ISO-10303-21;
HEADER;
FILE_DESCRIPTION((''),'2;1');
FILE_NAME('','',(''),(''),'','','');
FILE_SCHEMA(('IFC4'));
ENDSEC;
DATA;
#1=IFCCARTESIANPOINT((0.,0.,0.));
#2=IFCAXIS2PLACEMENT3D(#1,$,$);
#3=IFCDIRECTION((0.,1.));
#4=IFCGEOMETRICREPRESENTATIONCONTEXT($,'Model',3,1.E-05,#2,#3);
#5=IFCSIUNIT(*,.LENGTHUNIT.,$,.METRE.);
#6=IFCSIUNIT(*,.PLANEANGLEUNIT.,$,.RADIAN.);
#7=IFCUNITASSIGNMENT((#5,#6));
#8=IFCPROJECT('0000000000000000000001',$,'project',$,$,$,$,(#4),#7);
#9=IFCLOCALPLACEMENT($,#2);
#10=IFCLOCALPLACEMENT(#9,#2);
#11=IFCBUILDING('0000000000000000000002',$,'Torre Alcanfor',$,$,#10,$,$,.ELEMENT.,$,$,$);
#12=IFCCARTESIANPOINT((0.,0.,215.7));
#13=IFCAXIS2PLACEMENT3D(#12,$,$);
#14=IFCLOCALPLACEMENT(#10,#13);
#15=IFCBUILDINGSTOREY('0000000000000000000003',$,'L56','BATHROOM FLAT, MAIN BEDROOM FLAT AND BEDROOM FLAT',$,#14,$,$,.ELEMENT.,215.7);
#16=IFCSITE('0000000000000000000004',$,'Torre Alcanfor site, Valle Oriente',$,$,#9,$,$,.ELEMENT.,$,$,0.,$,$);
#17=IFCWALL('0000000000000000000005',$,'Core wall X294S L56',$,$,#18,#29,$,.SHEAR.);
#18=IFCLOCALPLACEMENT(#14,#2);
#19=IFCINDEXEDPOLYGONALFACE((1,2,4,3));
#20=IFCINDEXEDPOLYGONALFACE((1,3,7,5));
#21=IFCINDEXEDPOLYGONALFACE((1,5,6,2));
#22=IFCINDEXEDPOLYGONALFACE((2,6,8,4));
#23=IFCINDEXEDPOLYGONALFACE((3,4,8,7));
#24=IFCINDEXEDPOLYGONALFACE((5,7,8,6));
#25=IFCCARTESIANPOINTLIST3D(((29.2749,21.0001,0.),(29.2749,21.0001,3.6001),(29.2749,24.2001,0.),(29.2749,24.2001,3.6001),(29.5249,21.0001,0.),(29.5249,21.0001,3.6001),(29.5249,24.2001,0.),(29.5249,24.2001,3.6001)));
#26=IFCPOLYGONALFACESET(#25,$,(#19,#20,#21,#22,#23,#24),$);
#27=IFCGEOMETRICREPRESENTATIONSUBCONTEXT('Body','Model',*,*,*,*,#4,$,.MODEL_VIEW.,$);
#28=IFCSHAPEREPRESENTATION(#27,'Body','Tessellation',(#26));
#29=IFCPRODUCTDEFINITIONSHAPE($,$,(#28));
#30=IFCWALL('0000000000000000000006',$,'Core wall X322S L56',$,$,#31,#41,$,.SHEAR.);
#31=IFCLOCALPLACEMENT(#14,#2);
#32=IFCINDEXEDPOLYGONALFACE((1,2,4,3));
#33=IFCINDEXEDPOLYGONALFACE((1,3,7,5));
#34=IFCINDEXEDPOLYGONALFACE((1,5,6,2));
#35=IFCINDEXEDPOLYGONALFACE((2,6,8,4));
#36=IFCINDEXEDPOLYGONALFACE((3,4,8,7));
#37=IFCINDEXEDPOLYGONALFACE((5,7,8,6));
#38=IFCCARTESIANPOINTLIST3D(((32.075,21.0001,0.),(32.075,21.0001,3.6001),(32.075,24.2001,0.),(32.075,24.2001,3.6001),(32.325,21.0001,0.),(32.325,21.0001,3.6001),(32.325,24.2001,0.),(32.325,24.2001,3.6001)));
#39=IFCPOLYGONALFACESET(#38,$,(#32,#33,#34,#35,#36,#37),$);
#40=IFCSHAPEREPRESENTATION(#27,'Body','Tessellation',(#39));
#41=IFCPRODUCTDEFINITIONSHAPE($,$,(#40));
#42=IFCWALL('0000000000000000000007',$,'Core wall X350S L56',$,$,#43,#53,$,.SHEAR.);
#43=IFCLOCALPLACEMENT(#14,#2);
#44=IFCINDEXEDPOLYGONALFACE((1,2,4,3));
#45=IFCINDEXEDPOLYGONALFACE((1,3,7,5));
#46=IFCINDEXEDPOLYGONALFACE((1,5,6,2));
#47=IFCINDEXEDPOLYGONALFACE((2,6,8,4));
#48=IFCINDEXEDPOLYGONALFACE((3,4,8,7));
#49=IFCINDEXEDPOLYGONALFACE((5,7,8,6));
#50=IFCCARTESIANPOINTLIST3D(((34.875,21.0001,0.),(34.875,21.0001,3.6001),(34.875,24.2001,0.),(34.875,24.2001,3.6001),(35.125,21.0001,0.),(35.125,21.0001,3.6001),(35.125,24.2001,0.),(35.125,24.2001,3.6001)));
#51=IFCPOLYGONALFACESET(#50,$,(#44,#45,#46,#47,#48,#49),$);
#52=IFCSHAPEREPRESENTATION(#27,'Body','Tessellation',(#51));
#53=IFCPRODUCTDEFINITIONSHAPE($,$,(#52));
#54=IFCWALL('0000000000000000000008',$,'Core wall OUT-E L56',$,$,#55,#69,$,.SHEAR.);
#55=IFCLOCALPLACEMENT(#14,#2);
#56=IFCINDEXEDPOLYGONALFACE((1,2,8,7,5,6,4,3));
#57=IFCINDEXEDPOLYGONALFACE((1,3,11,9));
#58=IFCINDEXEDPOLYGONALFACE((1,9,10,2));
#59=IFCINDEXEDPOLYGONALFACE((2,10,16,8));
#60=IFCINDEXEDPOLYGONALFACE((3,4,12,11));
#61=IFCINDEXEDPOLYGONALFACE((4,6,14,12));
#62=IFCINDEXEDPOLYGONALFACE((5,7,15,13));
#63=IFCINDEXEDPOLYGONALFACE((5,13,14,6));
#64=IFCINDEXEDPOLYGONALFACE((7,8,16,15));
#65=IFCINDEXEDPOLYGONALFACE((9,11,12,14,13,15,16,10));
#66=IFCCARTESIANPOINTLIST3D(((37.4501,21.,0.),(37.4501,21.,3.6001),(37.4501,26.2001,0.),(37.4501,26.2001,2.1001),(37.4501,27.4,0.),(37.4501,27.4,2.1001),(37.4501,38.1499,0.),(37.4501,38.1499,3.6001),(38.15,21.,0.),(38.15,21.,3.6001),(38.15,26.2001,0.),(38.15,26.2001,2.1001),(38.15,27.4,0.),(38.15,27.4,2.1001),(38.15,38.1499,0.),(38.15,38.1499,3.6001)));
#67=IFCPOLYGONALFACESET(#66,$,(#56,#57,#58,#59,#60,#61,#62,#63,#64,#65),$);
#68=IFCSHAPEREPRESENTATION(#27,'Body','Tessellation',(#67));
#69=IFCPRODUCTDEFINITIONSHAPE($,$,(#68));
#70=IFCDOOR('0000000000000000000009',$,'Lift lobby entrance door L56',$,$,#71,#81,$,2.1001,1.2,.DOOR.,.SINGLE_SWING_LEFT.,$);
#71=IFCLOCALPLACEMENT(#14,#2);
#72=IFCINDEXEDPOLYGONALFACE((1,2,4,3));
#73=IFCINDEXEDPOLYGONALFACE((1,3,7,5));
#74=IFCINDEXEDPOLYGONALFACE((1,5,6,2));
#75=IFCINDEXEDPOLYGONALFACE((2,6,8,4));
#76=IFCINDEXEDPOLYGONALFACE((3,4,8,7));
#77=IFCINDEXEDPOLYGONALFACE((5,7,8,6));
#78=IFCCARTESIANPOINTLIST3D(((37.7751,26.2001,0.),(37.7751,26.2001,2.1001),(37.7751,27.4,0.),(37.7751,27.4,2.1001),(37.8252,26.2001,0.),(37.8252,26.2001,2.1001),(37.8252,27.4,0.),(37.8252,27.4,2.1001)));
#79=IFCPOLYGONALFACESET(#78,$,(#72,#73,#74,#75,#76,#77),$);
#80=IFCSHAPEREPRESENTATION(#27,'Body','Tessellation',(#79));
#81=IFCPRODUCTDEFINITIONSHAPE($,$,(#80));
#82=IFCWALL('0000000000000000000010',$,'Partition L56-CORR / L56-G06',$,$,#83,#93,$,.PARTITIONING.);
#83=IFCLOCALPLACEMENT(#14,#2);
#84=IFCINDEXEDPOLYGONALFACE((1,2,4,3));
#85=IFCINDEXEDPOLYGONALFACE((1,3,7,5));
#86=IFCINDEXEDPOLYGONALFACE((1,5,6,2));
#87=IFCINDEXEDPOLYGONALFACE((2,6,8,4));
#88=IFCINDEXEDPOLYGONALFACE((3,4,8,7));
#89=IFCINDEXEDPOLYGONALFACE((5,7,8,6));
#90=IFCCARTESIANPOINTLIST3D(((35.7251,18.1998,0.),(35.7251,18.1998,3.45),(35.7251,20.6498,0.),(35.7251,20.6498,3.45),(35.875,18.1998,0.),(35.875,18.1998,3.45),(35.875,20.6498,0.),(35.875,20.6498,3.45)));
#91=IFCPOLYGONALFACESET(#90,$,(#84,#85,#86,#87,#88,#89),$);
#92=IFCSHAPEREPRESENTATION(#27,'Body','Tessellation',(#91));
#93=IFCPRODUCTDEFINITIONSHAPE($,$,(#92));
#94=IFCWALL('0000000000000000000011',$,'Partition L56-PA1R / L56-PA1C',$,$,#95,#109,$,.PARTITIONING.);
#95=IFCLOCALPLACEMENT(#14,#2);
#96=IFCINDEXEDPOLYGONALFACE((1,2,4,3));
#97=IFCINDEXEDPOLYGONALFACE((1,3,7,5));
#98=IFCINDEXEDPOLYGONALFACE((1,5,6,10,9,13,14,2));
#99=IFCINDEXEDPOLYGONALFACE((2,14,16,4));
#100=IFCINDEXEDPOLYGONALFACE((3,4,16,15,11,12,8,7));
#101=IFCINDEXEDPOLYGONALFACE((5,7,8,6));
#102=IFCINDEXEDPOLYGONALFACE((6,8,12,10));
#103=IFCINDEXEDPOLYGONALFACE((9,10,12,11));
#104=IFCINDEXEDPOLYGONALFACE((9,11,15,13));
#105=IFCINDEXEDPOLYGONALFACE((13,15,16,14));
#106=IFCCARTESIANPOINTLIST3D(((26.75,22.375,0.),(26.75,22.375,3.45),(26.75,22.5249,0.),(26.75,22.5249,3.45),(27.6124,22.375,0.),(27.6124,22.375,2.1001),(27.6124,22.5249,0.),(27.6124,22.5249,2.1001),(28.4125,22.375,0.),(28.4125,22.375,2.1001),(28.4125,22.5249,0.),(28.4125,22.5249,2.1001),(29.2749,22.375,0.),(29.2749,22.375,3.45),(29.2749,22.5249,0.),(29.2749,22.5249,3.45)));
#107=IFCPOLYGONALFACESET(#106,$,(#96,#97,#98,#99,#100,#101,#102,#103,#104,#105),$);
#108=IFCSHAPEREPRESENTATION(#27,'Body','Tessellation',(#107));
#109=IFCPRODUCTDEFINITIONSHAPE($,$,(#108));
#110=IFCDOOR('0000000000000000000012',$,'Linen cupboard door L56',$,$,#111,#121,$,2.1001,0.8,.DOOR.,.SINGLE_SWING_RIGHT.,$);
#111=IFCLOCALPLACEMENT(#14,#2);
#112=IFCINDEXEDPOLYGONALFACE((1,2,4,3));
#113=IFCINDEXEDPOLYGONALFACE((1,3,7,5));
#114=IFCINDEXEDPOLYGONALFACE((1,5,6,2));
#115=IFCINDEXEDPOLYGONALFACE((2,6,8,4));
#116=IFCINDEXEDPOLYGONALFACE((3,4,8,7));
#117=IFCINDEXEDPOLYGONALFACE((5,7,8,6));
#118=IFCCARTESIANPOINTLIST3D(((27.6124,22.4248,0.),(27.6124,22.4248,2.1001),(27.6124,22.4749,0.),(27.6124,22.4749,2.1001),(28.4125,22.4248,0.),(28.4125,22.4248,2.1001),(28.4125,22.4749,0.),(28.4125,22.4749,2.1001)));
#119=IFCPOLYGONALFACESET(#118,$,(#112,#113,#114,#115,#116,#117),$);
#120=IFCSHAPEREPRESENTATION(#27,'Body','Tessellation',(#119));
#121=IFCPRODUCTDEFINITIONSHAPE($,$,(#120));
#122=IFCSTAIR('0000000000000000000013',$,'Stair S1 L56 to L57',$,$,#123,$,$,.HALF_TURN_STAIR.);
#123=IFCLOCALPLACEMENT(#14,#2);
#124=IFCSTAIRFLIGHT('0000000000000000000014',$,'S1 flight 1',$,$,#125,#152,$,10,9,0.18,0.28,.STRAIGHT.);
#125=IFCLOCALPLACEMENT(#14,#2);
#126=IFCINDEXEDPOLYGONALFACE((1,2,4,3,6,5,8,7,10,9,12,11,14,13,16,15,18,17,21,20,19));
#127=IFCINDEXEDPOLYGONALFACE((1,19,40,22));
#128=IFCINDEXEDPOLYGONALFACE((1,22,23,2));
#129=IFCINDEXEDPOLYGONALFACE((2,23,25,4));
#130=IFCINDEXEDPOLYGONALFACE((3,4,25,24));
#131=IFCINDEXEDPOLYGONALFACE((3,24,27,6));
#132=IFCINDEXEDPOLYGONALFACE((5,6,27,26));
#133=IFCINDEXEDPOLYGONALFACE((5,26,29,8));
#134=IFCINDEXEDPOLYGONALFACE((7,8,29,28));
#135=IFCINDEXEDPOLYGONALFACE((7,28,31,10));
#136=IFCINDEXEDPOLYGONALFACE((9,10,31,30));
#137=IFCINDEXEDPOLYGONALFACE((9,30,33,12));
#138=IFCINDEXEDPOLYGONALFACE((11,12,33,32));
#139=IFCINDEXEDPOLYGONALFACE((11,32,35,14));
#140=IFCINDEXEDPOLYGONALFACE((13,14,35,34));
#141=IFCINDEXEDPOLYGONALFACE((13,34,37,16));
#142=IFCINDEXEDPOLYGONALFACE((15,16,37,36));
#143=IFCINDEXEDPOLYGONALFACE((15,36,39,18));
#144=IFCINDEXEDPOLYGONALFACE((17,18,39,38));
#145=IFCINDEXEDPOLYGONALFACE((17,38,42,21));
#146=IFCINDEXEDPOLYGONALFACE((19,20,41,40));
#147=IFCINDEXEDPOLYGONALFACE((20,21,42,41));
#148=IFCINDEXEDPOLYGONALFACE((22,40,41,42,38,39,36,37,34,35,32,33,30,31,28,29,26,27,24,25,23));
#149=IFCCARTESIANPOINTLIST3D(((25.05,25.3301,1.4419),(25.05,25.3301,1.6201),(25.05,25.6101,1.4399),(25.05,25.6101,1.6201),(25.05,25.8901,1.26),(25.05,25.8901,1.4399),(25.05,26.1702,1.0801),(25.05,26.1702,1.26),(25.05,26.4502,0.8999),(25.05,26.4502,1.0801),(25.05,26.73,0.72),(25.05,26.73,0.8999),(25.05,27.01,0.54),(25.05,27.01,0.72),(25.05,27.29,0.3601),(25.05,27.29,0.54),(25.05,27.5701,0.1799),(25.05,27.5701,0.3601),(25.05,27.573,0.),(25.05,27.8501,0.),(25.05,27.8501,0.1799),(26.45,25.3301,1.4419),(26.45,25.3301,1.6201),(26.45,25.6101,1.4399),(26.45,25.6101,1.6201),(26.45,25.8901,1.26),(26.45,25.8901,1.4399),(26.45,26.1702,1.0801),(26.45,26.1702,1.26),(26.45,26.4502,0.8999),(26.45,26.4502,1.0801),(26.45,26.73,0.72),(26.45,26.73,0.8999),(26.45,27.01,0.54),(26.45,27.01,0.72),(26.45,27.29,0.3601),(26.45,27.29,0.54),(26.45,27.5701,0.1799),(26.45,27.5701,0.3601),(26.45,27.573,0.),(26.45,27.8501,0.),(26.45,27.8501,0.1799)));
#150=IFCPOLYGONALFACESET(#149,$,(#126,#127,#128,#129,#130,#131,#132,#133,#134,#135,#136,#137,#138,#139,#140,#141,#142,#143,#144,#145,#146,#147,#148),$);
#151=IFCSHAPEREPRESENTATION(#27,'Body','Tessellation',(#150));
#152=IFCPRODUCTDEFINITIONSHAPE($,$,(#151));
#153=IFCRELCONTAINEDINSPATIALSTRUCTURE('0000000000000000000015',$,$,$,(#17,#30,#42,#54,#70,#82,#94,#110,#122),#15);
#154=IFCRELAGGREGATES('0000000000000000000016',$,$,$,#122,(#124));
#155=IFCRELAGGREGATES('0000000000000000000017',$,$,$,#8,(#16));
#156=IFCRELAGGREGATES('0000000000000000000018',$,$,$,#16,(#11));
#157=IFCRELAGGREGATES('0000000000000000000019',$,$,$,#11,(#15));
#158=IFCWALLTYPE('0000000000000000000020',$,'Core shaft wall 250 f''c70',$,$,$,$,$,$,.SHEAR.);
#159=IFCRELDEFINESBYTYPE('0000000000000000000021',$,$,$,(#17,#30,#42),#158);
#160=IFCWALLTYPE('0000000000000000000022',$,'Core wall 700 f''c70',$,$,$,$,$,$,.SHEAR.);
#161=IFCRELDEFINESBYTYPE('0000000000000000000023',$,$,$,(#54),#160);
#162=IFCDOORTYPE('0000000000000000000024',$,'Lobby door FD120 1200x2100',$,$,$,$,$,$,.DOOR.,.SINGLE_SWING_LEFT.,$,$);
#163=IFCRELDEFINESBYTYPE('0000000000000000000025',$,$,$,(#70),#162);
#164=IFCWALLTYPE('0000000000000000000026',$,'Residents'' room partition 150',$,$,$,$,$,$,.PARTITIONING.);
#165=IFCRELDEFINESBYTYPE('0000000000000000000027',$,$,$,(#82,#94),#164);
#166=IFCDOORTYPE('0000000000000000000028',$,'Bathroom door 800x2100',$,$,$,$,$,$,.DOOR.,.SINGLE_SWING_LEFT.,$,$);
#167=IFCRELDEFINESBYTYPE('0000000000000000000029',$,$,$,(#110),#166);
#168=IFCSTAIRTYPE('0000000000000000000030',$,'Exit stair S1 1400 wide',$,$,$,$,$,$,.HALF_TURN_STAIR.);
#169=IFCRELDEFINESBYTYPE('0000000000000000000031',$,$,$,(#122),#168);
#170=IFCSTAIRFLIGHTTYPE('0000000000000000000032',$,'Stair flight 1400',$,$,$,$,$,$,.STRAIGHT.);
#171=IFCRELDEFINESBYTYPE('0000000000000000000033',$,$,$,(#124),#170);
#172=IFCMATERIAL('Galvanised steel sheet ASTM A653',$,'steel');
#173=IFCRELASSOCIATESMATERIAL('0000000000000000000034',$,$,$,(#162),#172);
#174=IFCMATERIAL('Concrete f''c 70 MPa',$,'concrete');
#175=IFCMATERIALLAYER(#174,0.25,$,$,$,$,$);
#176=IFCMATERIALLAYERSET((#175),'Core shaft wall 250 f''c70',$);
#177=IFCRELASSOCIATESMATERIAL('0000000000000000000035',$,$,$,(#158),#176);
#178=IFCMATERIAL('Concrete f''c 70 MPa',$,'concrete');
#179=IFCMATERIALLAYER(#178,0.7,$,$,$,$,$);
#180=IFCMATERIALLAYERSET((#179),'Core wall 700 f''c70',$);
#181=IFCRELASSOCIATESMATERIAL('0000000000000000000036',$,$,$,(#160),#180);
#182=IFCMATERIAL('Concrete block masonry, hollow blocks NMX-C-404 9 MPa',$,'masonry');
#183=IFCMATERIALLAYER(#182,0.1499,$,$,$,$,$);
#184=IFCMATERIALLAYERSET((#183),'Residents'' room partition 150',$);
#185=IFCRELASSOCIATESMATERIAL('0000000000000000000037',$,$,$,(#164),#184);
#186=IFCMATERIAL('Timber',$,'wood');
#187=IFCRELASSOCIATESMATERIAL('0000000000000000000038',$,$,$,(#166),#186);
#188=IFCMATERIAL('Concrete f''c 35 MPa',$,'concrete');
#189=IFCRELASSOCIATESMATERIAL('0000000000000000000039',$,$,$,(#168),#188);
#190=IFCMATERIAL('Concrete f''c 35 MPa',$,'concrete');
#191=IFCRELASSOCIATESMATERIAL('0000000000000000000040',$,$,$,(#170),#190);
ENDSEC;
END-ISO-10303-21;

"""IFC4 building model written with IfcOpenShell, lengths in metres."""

from ifc_helpers import new_model, si_unit, direction, frame, frame_2d, origin, place, context, subcontext, project, spatial, polyline, rectangle, outline, extrude, material, layer, layer_set, type_object, element, fill, aggregate, save


model = new_model("IFC4")

# Units and contexts
model_context = context("Model", 3, precision=1e-05, world=origin(), true_north=direction((0.0, 1.0)))
body_context = subcontext(model_context, "Body", "Model", "MODEL_VIEW")
ifc_project = project(units=[si_unit("LENGTHUNIT", "METRE"), si_unit("PLANEANGLEUNIT", "RADIAN")], contexts=[model_context])

# Site, building, storey
site_placement = place(None, origin())
site = spatial("IfcSite", under=ifc_project, at=site_placement, Name="Torre Alcanfor site, Valle Oriente", CompositionType="ELEMENT", RefElevation=0.0)
building_placement = place(site_placement, origin())
building = spatial("IfcBuilding", under=site, at=building_placement, Name="Torre Alcanfor", CompositionType="ELEMENT")
storey_placement = place(building_placement, frame((0.0, 0.0, 215.7)))
storey = spatial("IfcBuildingStorey", under=building, at=storey_placement, Name="L56", Description="BATHROOM FLAT, MAIN BEDROOM FLAT AND BEDROOM FLAT", CompositionType="ELEMENT", Elevation=215.7)

# Shared definitions
ifc_material_1 = material(Name="Galvanised steel sheet ASTM A653", Category="steel")
door_type_1 = type_object("IfcDoorType", Name="Lobby door FD120 1200x2100", OperationType="SINGLE_SWING_LEFT", PredefinedType="DOOR", material=ifc_material_1)

# Walls
ifc_material_2 = material(Name="Concrete f'c 70 MPa", Category="concrete")
ifc_layer_1 = layer(ifc_material_2, 0.25)
ifc_layer_set_1 = layer_set([ifc_layer_1], Name="Core shaft wall 250 f'c70")
wall_type_1 = type_object("IfcWallType", Name="Core shaft wall 250 f'c70", PredefinedType="SHEAR", material=ifc_layer_set_1)
for number, where, z_axis, x_axis, name in (
    (1, (29.3999, 21.0, 0.0), (0.0, 0.0, 1.0), (0.0, 1.0, 0.0), "Core wall X294S L56"),
    (2, (32.2, 21.0, 0.0), (0.0, 0.0, 1.0), (0.0, 1.0, 0.0), "Core wall X322S L56"),
    (3, (35.0, 21.0, 0.0), (0.0, 0.0, 1.0), (0.0, 1.0, 0.0), "Core wall X350S L56"),
):
    element("IfcWall", number, at=place(storey_placement, frame(where, z_axis=z_axis, x_axis=x_axis)), inside=storey, type_object=wall_type_1, Name=name, PredefinedType="SHEAR", context=body_context, shape_type="SweptSolid", body=[
        extrude(rectangle(XDim=3.2, YDim=0.25, at=frame_2d((1.6001, 0.0))), origin(), (0.0, 0.0, 1.0), 3.6001),
    ])

# Wall, opening, door
ifc_material_3 = material(Name="Concrete f'c 70 MPa", Category="concrete")
ifc_layer_2 = layer(ifc_material_3, 0.7)
ifc_layer_set_2 = layer_set([ifc_layer_2], Name="Core wall 700 f'c70")
wall_type_2 = type_object("IfcWallType", Name="Core wall 700 f'c70", PredefinedType="SHEAR", material=ifc_layer_set_2)
wall_1_placement = place(storey_placement, frame((37.8, 21.0, 0.0), z_axis=(0.0, 0.0, 1.0), x_axis=(0.0, 1.0, 0.0)))
wall_1 = element("IfcWall", 4, at=wall_1_placement, inside=storey, type_object=wall_type_2, Name="Core wall OUT-E L56", PredefinedType="SHEAR", context=body_context, shape_type="SweptSolid", body=[
    extrude(rectangle(XDim=17.1499, YDim=0.7, at=frame_2d((8.575, 0.0))), origin(), (0.0, 0.0, 1.0), 3.6001),
])
opening_1_placement = place(wall_1_placement, frame((5.2, 0.0, 0.0)))
opening_1 = element("IfcOpeningElement", 5, at=opening_1_placement, cuts=wall_1, PredefinedType="OPENING", context=body_context, shape_type="SweptSolid", body=[
    extrude(rectangle(XDim=1.2, YDim=2.1001, at=frame_2d((0.6001, 1.05))), frame((0.0, 0.3599, 0.0), z_axis=(0.0, -1.0, 0.0), x_axis=(1.0, 0.0, 0.0)), (0.0, 0.0, 1.0), 0.72),
])
door_1_placement = place(opening_1_placement, origin())
door_1 = element("IfcDoor", 6, at=door_1_placement, inside=storey, type_object=door_type_1, Name="Lift lobby entrance door L56", OperationType="SINGLE_SWING_LEFT", OverallHeight=2.1001, OverallWidth=1.2, PredefinedType="DOOR", context=body_context, shape_type="SweptSolid", body=[
    extrude(rectangle(XDim=1.2, YDim=2.1001, at=frame_2d((0.6001, 1.05))), frame((0.0, 0.0249, 0.0), z_axis=(0.0, -1.0, 0.0), x_axis=(1.0, 0.0, 0.0)), (0.0, 0.0, 1.0), 0.05),
])
fill(opening_1, door_1)

# Wall
ifc_material_4 = material(Name="Concrete block masonry, hollow blocks NMX-C-404 9 MPa", Category="masonry")
ifc_layer_3 = layer(ifc_material_4, 0.1499)
ifc_layer_set_3 = layer_set([ifc_layer_3], Name="Residents' room partition 150")
wall_type_3 = type_object("IfcWallType", Name="Residents' room partition 150", PredefinedType="PARTITIONING", material=ifc_layer_set_3)
wall_2_placement = place(storey_placement, frame((35.8, 20.6499, 0.0), z_axis=(0.0, 0.0, 1.0), x_axis=(0.0, -1.0, 0.0)))
element("IfcWall", 7, at=wall_2_placement, inside=storey, type_object=wall_type_3, Name="Partition L56-CORR / L56-G06", PredefinedType="PARTITIONING", context=body_context, shape_type="SweptSolid", body=[
    extrude(rectangle(XDim=2.45, YDim=0.1499, at=frame_2d((1.2251, 0.0))), origin(), (0.0, 0.0, 1.0), 3.45),
])

# Wall, opening, door
wall_3_placement = place(storey_placement, frame((26.75, 22.45, 0.0), z_axis=(0.0, 0.0, 1.0), x_axis=(1.0, 0.0, 0.0)))
wall_3 = element("IfcWall", 8, at=wall_3_placement, inside=storey, type_object=wall_type_3, Name="Partition L56-PA1R / L56-PA1C", PredefinedType="PARTITIONING", context=body_context, shape_type="SweptSolid", body=[
    extrude(rectangle(XDim=2.5249, YDim=0.1499, at=frame_2d((1.2625, 0.0))), origin(), (0.0, 0.0, 1.0), 3.45),
])
opening_2_placement = place(wall_3_placement, frame((0.8625, 0.0, 0.0)))
opening_2 = element("IfcOpeningElement", 9, at=opening_2_placement, cuts=wall_3, PredefinedType="OPENING", context=body_context, shape_type="SweptSolid", body=[
    extrude(rectangle(XDim=0.8, YDim=2.1001, at=frame_2d((0.3999, 1.05))), frame((0.0, 0.085, 0.0), z_axis=(0.0, -1.0, 0.0), x_axis=(1.0, 0.0, 0.0)), (0.0, 0.0, 1.0), 0.1699),
])
ifc_material_5 = material(Name="Timber", Category="wood")
door_type_2 = type_object("IfcDoorType", Name="Bathroom door 800x2100", OperationType="SINGLE_SWING_LEFT", PredefinedType="DOOR", material=ifc_material_5)
door_2_placement = place(opening_2_placement, frame((0.8, 0.0, 0.0), z_axis=(0.0, 0.0, 1.0), x_axis=(-1.0, 0.0, 0.0)))
door_2 = element("IfcDoor", 10, at=door_2_placement, inside=storey, type_object=door_type_2, Name="Linen cupboard door L56", OperationType="SINGLE_SWING_RIGHT", OverallHeight=2.1001, OverallWidth=0.8, PredefinedType="DOOR", context=body_context, shape_type="SweptSolid", body=[
    extrude(rectangle(XDim=0.8, YDim=2.1001, at=frame_2d((0.4001, 1.05))), frame((0.0, 0.0251, 0.0), z_axis=(0.0, -1.0, 0.0), x_axis=(1.0, 0.0, 0.0)), (0.0, 0.0, 1.0), 0.05),
])
fill(opening_2, door_2)

# Stair, stair flight
ifc_material_6 = material(Name="Concrete f'c 35 MPa", Category="concrete")
stair_type = type_object("IfcStairType", Name="Exit stair S1 1400 wide", PredefinedType="HALF_TURN_STAIR", material=ifc_material_6)
stair_placement = place(storey_placement, origin())
stair = element("IfcStair", 11, at=stair_placement, inside=storey, type_object=stair_type, Name="Stair S1 L56 to L57", PredefinedType="HALF_TURN_STAIR")
ifc_material_7 = material(Name="Concrete f'c 35 MPa", Category="concrete")
stair_flight_type = type_object("IfcStairFlightType", Name="Stair flight 1400", PredefinedType="STRAIGHT", material=ifc_material_7)
stair_flight_placement = place(storey_placement, frame((25.75, 27.8501, 0.0), z_axis=(0.0, 0.0, 1.0), x_axis=(0.0, -1.0, 0.0)))
stair_flight = element("IfcStairFlight", 12, at=stair_flight_placement, type_object=stair_flight_type, Name="S1 flight 1", NumberOfRisers=10, NumberOfTreads=9, PredefinedType="STRAIGHT", RiserHeight=0.18, TreadLength=0.28, context=body_context, shape_type="SweptSolid", body=[
    extrude(outline(polyline([(0.0, 0.0), (0.0, 0.1799), (0.28, 0.1799), (0.28, 0.3601), (0.5601, 0.3601), (0.5601, 0.54), (0.8401, 0.54), (0.8401, 0.72), (1.1201, 0.72), (1.1201, 0.8999), (1.3999, 0.8999), (1.3999, 1.0801), (1.6799, 1.0801), (1.6799, 1.26), (1.96, 1.26), (1.96, 1.4399), (2.24, 1.4399), (2.24, 1.6201), (2.52, 1.6201), (2.52, 1.8), (2.52, 1.4419), (0.2771, 0.0), (0.0, 0.0)])), frame((0.0, 0.7, 0.0), z_axis=(0.0, -1.0, 0.0), x_axis=(1.0, 0.0, 0.0)), (0.0, 0.0, 1.0), 1.3999),
])
aggregate(stair, [stair_flight])

save(model, "model.ifc")
